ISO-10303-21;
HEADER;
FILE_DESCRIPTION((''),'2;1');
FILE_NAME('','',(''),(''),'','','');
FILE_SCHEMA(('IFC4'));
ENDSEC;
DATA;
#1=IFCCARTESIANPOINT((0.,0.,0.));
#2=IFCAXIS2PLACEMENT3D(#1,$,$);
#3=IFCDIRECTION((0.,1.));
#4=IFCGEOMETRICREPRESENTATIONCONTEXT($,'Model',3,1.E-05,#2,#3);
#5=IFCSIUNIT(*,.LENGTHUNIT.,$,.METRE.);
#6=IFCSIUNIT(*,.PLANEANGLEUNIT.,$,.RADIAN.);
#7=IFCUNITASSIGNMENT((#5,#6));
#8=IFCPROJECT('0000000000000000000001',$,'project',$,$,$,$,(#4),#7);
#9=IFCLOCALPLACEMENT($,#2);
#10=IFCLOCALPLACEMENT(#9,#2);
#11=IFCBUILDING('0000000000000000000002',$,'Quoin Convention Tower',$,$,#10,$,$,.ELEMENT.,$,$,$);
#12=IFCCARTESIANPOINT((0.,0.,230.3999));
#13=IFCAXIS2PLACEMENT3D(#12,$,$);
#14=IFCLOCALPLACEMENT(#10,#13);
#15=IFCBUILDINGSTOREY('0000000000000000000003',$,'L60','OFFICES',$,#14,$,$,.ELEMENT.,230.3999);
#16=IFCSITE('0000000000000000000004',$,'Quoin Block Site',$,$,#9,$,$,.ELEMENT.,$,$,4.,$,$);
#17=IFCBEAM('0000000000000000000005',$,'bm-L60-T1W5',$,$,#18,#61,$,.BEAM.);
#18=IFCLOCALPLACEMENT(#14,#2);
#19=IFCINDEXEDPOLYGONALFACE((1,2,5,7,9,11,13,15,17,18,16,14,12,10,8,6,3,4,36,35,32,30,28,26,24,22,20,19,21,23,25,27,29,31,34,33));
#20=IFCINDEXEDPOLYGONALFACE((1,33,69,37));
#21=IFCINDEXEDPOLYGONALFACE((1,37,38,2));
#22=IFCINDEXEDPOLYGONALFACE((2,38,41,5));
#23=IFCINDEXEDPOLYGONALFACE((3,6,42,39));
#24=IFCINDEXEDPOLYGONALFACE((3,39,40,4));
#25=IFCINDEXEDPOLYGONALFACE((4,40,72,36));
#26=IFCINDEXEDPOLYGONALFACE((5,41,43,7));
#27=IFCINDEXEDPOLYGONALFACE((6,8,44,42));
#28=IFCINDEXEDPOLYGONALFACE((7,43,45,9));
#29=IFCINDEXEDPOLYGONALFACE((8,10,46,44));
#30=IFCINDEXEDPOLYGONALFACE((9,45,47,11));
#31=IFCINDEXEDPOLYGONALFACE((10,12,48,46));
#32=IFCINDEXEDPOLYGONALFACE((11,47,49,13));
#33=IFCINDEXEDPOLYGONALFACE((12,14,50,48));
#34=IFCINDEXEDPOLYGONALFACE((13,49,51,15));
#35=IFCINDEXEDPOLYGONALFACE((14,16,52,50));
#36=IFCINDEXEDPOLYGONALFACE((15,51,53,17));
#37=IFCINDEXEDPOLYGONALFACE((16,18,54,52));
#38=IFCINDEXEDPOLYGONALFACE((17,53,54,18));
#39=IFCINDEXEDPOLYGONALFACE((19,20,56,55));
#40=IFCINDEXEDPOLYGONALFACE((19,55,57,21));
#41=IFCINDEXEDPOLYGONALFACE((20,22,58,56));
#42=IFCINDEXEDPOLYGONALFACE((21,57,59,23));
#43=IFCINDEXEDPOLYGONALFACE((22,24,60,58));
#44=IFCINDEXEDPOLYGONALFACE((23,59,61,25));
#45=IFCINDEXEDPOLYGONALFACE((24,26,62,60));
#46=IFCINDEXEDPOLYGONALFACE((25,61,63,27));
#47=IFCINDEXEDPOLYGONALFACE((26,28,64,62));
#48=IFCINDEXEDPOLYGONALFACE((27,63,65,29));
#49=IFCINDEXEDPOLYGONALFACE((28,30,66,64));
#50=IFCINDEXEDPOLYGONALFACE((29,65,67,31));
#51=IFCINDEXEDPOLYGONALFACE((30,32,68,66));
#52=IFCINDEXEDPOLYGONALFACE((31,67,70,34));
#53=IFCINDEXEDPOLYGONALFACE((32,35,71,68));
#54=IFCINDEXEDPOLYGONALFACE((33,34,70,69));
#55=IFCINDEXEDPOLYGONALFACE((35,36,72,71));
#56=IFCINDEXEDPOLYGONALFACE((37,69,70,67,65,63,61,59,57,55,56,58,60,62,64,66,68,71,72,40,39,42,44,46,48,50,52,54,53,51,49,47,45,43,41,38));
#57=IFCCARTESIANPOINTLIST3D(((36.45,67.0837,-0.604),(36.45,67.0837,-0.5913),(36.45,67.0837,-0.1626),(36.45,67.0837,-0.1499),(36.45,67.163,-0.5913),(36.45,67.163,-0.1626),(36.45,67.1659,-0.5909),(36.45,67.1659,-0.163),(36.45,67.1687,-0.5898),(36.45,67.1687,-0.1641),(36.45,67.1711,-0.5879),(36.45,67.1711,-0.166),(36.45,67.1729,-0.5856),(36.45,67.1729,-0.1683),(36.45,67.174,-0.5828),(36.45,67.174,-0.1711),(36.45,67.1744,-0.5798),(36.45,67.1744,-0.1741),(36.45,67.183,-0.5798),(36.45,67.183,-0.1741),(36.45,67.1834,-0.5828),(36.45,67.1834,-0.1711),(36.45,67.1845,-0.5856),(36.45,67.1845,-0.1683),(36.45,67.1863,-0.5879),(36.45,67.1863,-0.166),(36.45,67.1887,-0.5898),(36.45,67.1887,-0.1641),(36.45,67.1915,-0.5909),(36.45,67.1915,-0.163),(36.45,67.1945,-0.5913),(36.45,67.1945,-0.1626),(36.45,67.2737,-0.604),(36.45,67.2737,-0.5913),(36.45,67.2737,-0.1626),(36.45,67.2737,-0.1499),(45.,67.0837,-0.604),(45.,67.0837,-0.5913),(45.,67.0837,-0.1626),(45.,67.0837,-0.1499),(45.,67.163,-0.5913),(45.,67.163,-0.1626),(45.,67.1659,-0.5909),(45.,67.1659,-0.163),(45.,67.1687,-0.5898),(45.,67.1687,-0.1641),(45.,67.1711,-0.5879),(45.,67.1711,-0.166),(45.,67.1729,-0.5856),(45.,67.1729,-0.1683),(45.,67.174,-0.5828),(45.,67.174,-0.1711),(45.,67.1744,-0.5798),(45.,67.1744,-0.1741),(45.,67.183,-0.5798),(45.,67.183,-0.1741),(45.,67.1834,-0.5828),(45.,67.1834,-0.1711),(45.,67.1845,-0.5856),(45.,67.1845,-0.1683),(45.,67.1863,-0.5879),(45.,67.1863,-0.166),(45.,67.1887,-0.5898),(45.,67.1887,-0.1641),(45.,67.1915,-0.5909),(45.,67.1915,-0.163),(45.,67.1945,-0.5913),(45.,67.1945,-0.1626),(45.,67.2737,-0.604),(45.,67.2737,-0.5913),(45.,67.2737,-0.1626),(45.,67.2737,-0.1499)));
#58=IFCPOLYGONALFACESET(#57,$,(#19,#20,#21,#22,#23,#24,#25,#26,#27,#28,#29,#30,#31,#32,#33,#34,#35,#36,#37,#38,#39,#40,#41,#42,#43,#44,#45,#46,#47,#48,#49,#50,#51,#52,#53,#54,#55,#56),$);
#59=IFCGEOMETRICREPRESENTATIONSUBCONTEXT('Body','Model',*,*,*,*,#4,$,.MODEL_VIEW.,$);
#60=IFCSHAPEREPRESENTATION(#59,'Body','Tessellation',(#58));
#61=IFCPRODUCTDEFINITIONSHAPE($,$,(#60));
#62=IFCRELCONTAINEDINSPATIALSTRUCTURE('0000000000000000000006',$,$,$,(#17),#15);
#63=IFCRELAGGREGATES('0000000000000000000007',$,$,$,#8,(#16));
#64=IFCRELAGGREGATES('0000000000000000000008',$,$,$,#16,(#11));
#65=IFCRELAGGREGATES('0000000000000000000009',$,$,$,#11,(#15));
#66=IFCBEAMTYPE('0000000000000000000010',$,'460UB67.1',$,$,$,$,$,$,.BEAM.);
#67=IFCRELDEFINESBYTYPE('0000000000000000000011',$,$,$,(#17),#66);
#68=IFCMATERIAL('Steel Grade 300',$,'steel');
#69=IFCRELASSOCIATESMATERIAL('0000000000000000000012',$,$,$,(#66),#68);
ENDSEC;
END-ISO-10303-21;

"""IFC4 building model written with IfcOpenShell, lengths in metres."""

from ifc_helpers import new_model, si_unit, direction, frame, origin, origin_2d, place, context, subcontext, project, spatial, i_section, extrude, material, material_profile, profile_set, type_object, element, save


model = new_model("IFC4")

# Units and contexts
model_context = context("Model", 3, precision=1e-05, world=origin(), true_north=direction((0.0, 1.0)))
body_context = subcontext(model_context, "Body", "Model", "MODEL_VIEW")
ifc_project = project(units=[si_unit("LENGTHUNIT", "METRE"), si_unit("PLANEANGLEUNIT", "RADIAN")], contexts=[model_context])

# Site, building, storey
site_placement = place(None, origin())
site = spatial("IfcSite", under=ifc_project, at=site_placement, Name="Quoin Block Site", CompositionType="ELEMENT", RefElevation=4.0)
building_placement = place(site_placement, origin())
building = spatial("IfcBuilding", under=site, at=building_placement, Name="Quoin Convention Tower", CompositionType="ELEMENT")
storey_placement = place(building_placement, frame((0.0, 0.0, 230.3999)))
storey = spatial("IfcBuildingStorey", under=building, at=storey_placement, Name="L60", Description="OFFICES", CompositionType="ELEMENT", Elevation=230.3999)

# Beam
ifc_material_1 = material(Name="Steel Grade 300", Category="steel")
ifc_material_profile = material_profile(ifc_material_1, i_section(OverallWidth=0.1899, OverallDepth=0.4541, WebThickness=0.0085, FlangeThickness=0.0127, FilletRadius=0.0115, at=origin_2d()), Name="460UB67.1")
ifc_profile_set = profile_set([ifc_material_profile], Name="Steel Grade 300")
beam_type = type_object("IfcBeamType", Name="460UB67.1", PredefinedType="BEAM", material=ifc_profile_set)
beam_placement = place(storey_placement, frame((36.45, 67.1787, -0.377), z_axis=(1.0, 0.0, 0.0), x_axis=(0.0, 1.0, 0.0)))
element("IfcBeam", 1, at=beam_placement, inside=storey, type_object=beam_type, Name="bm-L60-T1W5", PredefinedType="BEAM", context=body_context, shape_type="SweptSolid", body=[
    extrude(i_section(OverallWidth=0.1899, OverallDepth=0.4541, WebThickness=0.0085, FlangeThickness=0.0127, FilletRadius=0.0115, at=origin_2d()), origin(), (0.0, 0.0, 1.0), 8.55),
])

save(model, "model.ifc")
